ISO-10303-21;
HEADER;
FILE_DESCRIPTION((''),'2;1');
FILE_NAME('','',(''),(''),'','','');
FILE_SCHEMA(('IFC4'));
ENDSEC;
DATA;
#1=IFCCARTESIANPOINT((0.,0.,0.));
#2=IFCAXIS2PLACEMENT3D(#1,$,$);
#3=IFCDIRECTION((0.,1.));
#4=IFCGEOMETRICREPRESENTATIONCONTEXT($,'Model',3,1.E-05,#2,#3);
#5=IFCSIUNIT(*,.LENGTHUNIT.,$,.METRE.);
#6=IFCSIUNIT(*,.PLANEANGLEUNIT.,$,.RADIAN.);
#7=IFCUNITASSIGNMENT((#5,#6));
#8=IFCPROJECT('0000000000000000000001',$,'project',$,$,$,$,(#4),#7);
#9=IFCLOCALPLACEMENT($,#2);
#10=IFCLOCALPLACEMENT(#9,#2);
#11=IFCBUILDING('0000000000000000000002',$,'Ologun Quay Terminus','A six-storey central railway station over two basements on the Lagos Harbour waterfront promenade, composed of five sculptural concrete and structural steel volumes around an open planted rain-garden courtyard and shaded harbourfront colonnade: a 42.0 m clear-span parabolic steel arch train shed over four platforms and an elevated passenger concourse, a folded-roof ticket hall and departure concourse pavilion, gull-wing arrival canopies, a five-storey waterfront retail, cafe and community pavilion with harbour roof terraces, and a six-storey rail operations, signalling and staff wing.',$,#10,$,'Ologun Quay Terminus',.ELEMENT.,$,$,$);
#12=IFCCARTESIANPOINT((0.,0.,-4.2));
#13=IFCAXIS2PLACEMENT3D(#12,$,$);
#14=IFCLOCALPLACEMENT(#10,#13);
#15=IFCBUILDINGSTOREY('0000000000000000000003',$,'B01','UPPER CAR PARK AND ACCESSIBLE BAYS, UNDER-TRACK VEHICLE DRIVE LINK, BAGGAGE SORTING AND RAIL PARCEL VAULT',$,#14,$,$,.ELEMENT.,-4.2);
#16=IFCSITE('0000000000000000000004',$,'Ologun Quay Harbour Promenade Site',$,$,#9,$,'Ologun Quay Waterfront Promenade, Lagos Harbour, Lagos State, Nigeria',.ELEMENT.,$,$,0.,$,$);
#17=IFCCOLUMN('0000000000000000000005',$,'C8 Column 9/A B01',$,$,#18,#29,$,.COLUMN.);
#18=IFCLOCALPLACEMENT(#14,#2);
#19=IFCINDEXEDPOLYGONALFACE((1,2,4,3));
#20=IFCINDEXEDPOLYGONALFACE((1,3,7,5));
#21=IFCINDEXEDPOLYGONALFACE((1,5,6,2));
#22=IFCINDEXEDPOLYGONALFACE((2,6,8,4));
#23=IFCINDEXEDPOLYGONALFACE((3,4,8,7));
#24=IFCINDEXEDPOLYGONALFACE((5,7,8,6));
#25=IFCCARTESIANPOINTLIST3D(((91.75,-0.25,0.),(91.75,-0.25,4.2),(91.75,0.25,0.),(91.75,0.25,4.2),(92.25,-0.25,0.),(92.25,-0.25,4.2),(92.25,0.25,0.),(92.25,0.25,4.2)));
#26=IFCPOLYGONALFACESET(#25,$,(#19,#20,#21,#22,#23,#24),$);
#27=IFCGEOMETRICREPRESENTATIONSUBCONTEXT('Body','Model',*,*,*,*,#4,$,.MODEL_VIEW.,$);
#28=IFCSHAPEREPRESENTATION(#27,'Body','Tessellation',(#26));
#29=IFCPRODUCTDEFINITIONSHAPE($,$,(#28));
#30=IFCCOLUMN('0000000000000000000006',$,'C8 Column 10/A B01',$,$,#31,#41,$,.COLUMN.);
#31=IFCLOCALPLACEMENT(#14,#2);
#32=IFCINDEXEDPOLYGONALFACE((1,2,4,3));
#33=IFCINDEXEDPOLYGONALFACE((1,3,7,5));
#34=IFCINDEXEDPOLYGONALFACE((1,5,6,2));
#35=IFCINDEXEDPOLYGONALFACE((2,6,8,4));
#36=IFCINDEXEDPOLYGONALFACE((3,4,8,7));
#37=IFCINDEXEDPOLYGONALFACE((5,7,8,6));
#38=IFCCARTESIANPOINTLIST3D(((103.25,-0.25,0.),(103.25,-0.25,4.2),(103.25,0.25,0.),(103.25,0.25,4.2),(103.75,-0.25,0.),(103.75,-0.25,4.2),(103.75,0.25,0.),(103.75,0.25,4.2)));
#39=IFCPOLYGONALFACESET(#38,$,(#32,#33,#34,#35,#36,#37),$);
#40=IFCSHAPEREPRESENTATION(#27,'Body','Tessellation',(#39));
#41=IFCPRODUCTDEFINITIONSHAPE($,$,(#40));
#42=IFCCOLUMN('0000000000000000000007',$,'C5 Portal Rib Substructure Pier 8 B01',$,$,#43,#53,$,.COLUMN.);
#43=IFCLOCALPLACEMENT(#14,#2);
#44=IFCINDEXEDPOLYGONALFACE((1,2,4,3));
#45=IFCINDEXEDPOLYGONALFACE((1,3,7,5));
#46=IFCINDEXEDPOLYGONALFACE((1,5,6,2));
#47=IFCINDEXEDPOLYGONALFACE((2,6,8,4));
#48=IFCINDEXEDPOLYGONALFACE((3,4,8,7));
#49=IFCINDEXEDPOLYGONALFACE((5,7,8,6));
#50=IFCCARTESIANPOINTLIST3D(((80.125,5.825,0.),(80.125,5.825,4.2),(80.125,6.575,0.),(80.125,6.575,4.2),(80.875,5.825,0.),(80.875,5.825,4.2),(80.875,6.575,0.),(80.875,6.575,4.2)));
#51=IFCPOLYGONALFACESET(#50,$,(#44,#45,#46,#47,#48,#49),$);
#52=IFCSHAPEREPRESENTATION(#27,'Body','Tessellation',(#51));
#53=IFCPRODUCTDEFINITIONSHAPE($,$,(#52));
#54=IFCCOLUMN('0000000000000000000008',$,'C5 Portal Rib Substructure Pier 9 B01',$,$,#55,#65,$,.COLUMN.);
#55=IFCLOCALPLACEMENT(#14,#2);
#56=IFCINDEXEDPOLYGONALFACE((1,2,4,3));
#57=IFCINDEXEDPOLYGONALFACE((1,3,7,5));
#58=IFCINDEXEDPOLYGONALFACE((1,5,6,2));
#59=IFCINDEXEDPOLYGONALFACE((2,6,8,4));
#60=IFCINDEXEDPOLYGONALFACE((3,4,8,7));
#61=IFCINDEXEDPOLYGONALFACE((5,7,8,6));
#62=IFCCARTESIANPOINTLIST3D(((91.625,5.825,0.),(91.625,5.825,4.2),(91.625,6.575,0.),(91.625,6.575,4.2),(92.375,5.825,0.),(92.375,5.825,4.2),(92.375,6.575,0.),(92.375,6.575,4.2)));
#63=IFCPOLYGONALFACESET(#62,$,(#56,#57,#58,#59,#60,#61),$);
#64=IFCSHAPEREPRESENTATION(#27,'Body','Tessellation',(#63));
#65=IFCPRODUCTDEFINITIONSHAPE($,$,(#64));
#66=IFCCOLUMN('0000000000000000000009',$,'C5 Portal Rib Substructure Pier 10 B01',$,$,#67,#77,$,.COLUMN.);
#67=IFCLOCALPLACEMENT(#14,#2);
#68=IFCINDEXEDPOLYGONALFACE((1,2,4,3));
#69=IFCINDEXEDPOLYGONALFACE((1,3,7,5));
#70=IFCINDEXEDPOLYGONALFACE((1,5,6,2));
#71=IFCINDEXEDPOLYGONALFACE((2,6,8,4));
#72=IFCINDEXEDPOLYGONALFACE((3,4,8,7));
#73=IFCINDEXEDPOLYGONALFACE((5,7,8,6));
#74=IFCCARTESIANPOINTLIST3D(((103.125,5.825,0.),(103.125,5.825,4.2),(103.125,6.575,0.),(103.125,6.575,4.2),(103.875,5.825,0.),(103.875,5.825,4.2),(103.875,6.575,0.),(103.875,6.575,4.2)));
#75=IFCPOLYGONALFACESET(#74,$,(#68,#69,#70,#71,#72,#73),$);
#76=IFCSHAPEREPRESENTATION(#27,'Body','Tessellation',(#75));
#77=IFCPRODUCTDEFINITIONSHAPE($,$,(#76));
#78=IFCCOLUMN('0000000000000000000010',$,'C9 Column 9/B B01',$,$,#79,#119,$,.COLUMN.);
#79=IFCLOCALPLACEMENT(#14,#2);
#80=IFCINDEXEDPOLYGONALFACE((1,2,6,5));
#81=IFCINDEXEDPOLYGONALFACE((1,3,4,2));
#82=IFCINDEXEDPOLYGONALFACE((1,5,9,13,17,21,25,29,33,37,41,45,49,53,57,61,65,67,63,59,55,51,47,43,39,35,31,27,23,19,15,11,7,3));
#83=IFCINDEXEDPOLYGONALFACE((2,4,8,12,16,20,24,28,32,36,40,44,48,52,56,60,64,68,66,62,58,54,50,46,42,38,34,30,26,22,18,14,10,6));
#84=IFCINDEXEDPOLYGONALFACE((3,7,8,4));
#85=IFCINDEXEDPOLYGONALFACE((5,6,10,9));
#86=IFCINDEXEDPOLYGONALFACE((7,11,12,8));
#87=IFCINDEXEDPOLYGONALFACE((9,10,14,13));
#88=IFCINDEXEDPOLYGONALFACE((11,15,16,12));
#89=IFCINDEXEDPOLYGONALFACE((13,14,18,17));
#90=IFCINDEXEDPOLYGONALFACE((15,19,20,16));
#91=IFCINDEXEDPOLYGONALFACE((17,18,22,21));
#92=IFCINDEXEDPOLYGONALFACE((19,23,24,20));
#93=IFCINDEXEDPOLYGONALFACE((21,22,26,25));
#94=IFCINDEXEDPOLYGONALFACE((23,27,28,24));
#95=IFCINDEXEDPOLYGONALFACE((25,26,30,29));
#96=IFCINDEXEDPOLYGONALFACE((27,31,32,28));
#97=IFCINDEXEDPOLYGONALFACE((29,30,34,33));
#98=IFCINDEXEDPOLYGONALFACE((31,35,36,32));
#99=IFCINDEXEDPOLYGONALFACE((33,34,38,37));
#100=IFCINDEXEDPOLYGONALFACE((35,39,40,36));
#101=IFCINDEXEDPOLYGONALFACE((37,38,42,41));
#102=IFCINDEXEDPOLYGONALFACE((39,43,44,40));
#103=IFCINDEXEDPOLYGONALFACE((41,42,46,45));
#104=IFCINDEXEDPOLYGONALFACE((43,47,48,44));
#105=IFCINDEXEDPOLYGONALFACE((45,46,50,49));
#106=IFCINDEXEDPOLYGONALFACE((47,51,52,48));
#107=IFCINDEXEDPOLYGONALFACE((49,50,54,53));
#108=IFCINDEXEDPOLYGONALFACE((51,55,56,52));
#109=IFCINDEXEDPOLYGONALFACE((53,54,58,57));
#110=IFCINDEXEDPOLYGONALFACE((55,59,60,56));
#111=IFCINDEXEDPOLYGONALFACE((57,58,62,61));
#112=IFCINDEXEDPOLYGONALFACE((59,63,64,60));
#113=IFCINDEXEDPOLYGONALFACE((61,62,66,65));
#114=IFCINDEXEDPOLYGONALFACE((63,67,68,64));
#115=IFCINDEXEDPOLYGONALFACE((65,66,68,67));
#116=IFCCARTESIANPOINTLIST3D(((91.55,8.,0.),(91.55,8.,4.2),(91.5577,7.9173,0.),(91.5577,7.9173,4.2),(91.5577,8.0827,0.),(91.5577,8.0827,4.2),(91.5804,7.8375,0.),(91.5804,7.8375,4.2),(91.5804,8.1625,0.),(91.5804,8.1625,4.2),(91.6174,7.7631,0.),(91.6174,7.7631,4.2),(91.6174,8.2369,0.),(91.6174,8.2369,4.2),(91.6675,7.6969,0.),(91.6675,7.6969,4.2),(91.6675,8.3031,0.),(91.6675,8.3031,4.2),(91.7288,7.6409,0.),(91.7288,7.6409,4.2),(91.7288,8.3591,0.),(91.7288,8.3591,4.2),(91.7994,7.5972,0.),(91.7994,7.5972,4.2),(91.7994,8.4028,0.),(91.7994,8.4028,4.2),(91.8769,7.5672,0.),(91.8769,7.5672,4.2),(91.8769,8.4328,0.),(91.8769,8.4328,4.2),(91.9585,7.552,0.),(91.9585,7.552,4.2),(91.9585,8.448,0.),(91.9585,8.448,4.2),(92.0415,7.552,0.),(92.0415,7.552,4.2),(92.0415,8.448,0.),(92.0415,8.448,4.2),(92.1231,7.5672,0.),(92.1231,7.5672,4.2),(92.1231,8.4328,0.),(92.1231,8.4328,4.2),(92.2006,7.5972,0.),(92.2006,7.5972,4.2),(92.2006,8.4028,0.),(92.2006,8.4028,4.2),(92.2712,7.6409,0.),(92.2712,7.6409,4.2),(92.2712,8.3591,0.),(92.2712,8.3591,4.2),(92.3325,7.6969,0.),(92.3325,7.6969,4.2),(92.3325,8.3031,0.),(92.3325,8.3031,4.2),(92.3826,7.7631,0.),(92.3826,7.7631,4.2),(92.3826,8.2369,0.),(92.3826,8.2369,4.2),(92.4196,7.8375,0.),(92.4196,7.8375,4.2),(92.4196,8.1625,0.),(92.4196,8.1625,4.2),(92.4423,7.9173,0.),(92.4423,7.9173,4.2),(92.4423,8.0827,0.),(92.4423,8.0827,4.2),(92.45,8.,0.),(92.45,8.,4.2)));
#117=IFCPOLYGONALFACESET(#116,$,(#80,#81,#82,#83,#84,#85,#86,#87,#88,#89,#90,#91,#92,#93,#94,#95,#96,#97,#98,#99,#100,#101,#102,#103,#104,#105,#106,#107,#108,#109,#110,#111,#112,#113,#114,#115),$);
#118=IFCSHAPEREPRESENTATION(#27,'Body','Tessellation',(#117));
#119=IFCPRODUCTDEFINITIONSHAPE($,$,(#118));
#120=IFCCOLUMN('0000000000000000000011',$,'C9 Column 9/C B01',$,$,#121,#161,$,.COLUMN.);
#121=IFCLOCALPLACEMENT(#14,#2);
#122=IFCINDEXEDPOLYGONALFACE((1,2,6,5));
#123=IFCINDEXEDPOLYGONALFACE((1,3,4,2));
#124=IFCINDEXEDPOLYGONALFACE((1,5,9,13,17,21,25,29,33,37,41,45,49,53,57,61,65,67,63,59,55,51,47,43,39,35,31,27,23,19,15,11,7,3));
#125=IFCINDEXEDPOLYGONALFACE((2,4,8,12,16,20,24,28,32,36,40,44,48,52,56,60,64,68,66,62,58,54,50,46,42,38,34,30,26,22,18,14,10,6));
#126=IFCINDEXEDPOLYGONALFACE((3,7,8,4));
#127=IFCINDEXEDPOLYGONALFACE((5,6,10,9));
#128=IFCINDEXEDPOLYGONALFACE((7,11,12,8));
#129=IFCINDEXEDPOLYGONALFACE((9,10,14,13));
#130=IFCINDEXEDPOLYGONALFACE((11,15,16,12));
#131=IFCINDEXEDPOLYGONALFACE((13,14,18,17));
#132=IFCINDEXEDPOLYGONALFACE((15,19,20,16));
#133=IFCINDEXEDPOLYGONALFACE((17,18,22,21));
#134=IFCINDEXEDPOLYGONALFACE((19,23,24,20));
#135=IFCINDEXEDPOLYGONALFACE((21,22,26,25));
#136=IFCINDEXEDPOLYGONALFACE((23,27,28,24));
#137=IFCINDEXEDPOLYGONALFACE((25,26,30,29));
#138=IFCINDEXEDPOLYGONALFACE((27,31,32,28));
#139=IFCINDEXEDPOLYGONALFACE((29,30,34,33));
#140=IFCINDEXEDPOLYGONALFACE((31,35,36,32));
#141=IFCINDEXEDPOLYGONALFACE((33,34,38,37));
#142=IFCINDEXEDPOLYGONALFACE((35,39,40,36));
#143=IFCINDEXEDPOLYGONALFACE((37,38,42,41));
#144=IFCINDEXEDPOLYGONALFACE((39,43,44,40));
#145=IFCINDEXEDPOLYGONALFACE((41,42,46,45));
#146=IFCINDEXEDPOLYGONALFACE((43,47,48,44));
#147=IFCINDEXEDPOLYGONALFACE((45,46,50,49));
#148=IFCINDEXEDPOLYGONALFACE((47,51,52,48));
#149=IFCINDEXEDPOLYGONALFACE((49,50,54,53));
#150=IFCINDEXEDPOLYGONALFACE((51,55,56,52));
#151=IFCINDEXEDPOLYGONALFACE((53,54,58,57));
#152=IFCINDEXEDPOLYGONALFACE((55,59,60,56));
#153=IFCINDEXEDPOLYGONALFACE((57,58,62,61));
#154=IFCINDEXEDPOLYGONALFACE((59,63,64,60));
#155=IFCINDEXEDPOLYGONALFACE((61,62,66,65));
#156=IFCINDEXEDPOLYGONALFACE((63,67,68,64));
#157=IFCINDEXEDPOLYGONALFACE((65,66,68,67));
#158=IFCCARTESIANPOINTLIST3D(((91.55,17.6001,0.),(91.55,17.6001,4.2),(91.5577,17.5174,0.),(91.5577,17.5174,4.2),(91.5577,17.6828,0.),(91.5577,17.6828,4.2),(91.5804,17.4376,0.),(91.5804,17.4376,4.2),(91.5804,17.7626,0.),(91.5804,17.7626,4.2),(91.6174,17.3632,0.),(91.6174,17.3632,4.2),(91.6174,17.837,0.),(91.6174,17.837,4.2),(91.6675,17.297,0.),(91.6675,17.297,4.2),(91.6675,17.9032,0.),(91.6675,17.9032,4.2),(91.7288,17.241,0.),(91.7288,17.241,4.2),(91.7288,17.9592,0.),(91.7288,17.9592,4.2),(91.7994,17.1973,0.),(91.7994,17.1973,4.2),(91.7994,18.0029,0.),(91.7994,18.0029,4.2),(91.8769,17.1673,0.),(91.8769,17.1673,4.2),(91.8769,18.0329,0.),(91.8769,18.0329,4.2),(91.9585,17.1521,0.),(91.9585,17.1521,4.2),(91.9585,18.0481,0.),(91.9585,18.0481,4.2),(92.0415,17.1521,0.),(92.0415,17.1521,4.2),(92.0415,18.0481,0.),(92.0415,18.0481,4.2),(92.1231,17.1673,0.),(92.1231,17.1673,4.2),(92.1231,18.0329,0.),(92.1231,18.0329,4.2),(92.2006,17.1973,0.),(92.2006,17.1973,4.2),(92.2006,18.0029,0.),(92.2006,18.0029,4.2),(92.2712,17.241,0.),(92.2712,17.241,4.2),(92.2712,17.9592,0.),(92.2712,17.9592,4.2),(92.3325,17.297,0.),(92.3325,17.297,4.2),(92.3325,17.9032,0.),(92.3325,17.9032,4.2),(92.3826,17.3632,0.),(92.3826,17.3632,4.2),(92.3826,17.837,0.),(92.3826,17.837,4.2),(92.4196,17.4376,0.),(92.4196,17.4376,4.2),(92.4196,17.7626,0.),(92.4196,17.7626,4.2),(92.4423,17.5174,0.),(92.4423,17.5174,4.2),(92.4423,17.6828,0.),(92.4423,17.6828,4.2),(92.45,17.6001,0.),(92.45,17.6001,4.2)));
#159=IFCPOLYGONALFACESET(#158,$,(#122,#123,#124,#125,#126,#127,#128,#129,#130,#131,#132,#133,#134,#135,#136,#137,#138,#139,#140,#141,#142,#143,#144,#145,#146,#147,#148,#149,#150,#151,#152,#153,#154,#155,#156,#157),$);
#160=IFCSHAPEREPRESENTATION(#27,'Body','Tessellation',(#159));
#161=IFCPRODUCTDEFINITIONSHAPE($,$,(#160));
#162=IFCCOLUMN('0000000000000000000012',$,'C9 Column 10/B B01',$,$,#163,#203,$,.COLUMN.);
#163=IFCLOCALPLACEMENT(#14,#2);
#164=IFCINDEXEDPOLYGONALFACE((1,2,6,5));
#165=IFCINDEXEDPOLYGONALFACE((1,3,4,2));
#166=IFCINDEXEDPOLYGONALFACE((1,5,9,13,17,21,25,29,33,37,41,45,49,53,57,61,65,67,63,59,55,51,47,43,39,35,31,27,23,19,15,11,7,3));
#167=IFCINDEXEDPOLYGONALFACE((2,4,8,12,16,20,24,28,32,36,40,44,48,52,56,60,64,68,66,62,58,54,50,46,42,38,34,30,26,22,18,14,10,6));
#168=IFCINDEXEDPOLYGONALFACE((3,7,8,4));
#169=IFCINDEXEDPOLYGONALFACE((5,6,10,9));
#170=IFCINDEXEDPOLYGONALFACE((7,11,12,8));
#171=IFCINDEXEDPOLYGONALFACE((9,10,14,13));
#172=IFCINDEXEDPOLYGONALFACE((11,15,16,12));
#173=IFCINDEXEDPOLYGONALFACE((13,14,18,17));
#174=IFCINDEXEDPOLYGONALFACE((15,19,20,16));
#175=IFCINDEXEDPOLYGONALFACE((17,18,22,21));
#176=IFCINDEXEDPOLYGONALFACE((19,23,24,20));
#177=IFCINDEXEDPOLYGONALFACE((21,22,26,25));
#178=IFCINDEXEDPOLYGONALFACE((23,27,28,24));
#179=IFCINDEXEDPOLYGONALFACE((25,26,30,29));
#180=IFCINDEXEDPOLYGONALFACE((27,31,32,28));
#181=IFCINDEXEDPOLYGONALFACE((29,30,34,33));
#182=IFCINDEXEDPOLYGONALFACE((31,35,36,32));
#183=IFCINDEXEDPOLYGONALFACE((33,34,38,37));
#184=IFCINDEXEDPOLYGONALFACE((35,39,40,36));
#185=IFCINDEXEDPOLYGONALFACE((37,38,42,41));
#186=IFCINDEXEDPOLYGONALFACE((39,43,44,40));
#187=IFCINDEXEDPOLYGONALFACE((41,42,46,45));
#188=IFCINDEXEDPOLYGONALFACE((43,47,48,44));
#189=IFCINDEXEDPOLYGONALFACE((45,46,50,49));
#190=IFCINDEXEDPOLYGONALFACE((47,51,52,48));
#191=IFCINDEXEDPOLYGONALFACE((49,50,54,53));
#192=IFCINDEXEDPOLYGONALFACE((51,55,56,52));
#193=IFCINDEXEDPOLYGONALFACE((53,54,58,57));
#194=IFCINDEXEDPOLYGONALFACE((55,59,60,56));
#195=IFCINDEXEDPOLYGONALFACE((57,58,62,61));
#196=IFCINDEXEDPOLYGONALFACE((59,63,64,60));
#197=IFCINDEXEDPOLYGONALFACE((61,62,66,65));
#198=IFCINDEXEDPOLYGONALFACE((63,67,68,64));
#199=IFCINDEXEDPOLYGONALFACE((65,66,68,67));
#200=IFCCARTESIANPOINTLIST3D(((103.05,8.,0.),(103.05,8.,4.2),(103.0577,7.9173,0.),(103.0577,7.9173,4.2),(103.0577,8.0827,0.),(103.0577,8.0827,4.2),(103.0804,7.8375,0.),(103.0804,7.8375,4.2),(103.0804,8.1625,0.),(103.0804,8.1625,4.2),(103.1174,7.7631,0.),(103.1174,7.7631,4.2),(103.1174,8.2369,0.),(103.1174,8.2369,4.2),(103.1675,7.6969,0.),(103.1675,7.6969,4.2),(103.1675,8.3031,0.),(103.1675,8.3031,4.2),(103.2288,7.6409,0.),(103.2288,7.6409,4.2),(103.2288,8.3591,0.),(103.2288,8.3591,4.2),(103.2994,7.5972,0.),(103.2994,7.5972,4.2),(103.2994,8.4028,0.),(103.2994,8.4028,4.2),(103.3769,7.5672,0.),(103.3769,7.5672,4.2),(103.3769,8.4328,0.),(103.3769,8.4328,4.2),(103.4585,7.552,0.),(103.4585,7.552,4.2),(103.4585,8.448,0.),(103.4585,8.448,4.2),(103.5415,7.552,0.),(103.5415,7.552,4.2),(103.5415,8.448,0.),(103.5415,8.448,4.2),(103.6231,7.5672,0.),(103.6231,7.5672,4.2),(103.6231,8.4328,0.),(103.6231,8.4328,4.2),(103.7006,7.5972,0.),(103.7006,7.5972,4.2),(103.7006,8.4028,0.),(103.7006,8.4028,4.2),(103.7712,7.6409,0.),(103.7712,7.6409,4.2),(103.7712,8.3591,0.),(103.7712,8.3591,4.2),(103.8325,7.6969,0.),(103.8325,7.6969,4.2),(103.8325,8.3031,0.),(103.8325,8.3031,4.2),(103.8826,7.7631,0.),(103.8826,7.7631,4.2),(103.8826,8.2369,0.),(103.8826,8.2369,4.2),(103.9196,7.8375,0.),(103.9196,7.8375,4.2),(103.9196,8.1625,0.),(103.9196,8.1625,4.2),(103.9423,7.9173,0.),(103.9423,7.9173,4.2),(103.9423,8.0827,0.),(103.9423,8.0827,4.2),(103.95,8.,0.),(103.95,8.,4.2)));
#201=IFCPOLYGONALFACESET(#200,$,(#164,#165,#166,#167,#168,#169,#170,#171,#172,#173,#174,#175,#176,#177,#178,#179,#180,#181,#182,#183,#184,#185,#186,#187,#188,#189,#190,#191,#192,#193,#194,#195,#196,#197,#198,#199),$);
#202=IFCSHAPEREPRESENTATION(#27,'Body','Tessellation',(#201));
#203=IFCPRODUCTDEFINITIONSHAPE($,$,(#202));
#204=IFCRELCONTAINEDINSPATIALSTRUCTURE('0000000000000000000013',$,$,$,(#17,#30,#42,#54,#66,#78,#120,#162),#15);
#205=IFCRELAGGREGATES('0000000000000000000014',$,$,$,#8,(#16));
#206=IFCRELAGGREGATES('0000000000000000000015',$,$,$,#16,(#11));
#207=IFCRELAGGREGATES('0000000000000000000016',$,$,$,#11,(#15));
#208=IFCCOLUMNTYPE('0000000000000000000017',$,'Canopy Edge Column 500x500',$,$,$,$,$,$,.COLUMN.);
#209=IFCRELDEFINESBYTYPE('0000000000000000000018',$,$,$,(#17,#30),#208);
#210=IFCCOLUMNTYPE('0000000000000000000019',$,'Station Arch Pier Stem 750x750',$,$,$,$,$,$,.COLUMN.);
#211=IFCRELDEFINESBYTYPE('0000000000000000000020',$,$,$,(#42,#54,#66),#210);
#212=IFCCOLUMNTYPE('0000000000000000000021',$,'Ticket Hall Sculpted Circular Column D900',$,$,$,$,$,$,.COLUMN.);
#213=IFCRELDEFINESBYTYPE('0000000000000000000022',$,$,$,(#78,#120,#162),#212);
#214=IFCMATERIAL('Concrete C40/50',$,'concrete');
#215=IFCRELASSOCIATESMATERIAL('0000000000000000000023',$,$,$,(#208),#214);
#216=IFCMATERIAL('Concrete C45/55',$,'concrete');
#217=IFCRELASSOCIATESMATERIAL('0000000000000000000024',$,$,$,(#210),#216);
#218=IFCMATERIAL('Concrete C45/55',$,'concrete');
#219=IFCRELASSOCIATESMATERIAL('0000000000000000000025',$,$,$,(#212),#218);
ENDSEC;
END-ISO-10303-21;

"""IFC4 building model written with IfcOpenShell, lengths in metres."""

from ifc_helpers import new_model, si_unit, direction, frame, origin, origin_2d, place, context, subcontext, project, spatial, rectangle, circle, extrude, material, material_profile, profile_set, type_object, element, save


model = new_model("IFC4")

# Units and contexts
model_context = context("Model", 3, precision=1e-05, world=origin(), true_north=direction((0.0, 1.0)))
body_context = subcontext(model_context, "Body", "Model", "MODEL_VIEW")
ifc_project = project(units=[si_unit("LENGTHUNIT", "METRE"), si_unit("PLANEANGLEUNIT", "RADIAN")], contexts=[model_context])

# Site, building, storey
site_placement = place(None, origin())
site = spatial("IfcSite", under=ifc_project, at=site_placement, Name="Ologun Quay Harbour Promenade Site", LongName="Ologun Quay Waterfront Promenade, Lagos Harbour, Lagos State, Nigeria", CompositionType="ELEMENT", RefElevation=0.0)
building_placement = place(site_placement, origin())
building = spatial("IfcBuilding", under=site, at=building_placement, Name="Ologun Quay Terminus", Description="A six-storey central railway station over two basements on the Lagos Harbour waterfront promenade, composed of five sculptural concrete and structural steel volumes around an open planted rain-garden courtyard and shaded harbourfront colonnade: a 42.0 m clear-span parabolic steel arch train shed over four platforms and an elevated passenger concourse, a folded-roof ticket hall and departure concourse pavilion, gull-wing arrival canopies, a five-storey waterfront retail, cafe and community pavilion with harbour roof terraces, and a six-storey rail operations, signalling and staff wing.", LongName="Ologun Quay Terminus", CompositionType="ELEMENT")
storey_placement = place(building_placement, frame((0.0, 0.0, -4.2)))
storey = spatial("IfcBuildingStorey", under=building, at=storey_placement, Name="B01", Description="UPPER CAR PARK AND ACCESSIBLE BAYS, UNDER-TRACK VEHICLE DRIVE LINK, BAGGAGE SORTING AND RAIL PARCEL VAULT", CompositionType="ELEMENT", Elevation=-4.2)

# Columns
ifc_material_1 = material(Name="Concrete C40/50", Category="concrete")
ifc_material_profile_1 = material_profile(ifc_material_1, rectangle(XDim=0.5, YDim=0.5, at=origin_2d()), Name="RC 500x500")
ifc_profile_set_1 = profile_set([ifc_material_profile_1], Name="Concrete C40/50")
column_type_1 = type_object("IfcColumnType", Name="Canopy Edge Column 500x500", PredefinedType="COLUMN", material=ifc_profile_set_1)
for number, where, z_axis, x_axis, name in (
    (1, (92.0, 0.0, 0.0), (0.0, 0.0, 1.0), (1.0, 0.0, 0.0), "C8 Column 9/A B01"),
    (2, (103.5, 0.0, 0.0), (0.0, 0.0, 1.0), (1.0, 0.0, 0.0), "C8 Column 10/A B01"),
):
    element("IfcColumn", number, at=place(storey_placement, frame(where, z_axis=z_axis, x_axis=x_axis)), inside=storey, type_object=column_type_1, Name=name, PredefinedType="COLUMN", context=body_context, shape_type="SweptSolid", body=[
        extrude(rectangle(XDim=0.5, YDim=0.5, at=origin_2d()), origin(), (0.0, 0.0, 1.0), 4.2),
    ])
ifc_material_2 = material(Name="Concrete C45/55", Category="concrete")
ifc_material_profile_2 = material_profile(ifc_material_2, rectangle(XDim=0.75, YDim=0.75, at=origin_2d()), Name="RC 750x750")
ifc_profile_set_2 = profile_set([ifc_material_profile_2], Name="Concrete C45/55")
column_type_2 = type_object("IfcColumnType", Name="Station Arch Pier Stem 750x750", PredefinedType="COLUMN", material=ifc_profile_set_2)
for number, where, z_axis, x_axis, name in (
    (3, (80.5, 6.2, 0.0), (0.0, 0.0, 1.0), (1.0, 0.0, 0.0), "C5 Portal Rib Substructure Pier 8 B01"),
    (4, (92.0, 6.2, 0.0), (0.0, 0.0, 1.0), (1.0, 0.0, 0.0), "C5 Portal Rib Substructure Pier 9 B01"),
    (5, (103.5, 6.2, 0.0), (0.0, 0.0, 1.0), (1.0, 0.0, 0.0), "C5 Portal Rib Substructure Pier 10 B01"),
):
    element("IfcColumn", number, at=place(storey_placement, frame(where, z_axis=z_axis, x_axis=x_axis)), inside=storey, type_object=column_type_2, Name=name, PredefinedType="COLUMN", context=body_context, shape_type="SweptSolid", body=[
        extrude(rectangle(XDim=0.75, YDim=0.75, at=origin_2d()), origin(), (0.0, 0.0, 1.0), 4.2),
    ])
ifc_material_3 = material(Name="Concrete C45/55", Category="concrete")
ifc_material_profile_3 = material_profile(ifc_material_3, circle(Radius=0.45, at=origin_2d()), Name="RC D900")
ifc_profile_set_3 = profile_set([ifc_material_profile_3], Name="Concrete C45/55")
column_type_3 = type_object("IfcColumnType", Name="Ticket Hall Sculpted Circular Column D900", PredefinedType="COLUMN", material=ifc_profile_set_3)
for number, where, z_axis, x_axis, name in (
    (6, (92.0, 8.0, 0.0), (0.0, 0.0, 1.0), (1.0, 0.0, 0.0), "C9 Column 9/B B01"),
    (7, (92.0, 17.6001, 0.0), (0.0, 0.0, 1.0), (1.0, 0.0, 0.0), "C9 Column 9/C B01"),
    (8, (103.5, 8.0, 0.0), (0.0, 0.0, 1.0), (1.0, 0.0, 0.0), "C9 Column 10/B B01"),
):
    element("IfcColumn", number, at=place(storey_placement, frame(where, z_axis=z_axis, x_axis=x_axis)), inside=storey, type_object=column_type_3, Name=name, PredefinedType="COLUMN", context=body_context, shape_type="SweptSolid", body=[
        extrude(circle(Radius=0.45, at=origin_2d()), origin(), (0.0, 0.0, 1.0), 4.2),
    ])

save(model, "model.ifc")
